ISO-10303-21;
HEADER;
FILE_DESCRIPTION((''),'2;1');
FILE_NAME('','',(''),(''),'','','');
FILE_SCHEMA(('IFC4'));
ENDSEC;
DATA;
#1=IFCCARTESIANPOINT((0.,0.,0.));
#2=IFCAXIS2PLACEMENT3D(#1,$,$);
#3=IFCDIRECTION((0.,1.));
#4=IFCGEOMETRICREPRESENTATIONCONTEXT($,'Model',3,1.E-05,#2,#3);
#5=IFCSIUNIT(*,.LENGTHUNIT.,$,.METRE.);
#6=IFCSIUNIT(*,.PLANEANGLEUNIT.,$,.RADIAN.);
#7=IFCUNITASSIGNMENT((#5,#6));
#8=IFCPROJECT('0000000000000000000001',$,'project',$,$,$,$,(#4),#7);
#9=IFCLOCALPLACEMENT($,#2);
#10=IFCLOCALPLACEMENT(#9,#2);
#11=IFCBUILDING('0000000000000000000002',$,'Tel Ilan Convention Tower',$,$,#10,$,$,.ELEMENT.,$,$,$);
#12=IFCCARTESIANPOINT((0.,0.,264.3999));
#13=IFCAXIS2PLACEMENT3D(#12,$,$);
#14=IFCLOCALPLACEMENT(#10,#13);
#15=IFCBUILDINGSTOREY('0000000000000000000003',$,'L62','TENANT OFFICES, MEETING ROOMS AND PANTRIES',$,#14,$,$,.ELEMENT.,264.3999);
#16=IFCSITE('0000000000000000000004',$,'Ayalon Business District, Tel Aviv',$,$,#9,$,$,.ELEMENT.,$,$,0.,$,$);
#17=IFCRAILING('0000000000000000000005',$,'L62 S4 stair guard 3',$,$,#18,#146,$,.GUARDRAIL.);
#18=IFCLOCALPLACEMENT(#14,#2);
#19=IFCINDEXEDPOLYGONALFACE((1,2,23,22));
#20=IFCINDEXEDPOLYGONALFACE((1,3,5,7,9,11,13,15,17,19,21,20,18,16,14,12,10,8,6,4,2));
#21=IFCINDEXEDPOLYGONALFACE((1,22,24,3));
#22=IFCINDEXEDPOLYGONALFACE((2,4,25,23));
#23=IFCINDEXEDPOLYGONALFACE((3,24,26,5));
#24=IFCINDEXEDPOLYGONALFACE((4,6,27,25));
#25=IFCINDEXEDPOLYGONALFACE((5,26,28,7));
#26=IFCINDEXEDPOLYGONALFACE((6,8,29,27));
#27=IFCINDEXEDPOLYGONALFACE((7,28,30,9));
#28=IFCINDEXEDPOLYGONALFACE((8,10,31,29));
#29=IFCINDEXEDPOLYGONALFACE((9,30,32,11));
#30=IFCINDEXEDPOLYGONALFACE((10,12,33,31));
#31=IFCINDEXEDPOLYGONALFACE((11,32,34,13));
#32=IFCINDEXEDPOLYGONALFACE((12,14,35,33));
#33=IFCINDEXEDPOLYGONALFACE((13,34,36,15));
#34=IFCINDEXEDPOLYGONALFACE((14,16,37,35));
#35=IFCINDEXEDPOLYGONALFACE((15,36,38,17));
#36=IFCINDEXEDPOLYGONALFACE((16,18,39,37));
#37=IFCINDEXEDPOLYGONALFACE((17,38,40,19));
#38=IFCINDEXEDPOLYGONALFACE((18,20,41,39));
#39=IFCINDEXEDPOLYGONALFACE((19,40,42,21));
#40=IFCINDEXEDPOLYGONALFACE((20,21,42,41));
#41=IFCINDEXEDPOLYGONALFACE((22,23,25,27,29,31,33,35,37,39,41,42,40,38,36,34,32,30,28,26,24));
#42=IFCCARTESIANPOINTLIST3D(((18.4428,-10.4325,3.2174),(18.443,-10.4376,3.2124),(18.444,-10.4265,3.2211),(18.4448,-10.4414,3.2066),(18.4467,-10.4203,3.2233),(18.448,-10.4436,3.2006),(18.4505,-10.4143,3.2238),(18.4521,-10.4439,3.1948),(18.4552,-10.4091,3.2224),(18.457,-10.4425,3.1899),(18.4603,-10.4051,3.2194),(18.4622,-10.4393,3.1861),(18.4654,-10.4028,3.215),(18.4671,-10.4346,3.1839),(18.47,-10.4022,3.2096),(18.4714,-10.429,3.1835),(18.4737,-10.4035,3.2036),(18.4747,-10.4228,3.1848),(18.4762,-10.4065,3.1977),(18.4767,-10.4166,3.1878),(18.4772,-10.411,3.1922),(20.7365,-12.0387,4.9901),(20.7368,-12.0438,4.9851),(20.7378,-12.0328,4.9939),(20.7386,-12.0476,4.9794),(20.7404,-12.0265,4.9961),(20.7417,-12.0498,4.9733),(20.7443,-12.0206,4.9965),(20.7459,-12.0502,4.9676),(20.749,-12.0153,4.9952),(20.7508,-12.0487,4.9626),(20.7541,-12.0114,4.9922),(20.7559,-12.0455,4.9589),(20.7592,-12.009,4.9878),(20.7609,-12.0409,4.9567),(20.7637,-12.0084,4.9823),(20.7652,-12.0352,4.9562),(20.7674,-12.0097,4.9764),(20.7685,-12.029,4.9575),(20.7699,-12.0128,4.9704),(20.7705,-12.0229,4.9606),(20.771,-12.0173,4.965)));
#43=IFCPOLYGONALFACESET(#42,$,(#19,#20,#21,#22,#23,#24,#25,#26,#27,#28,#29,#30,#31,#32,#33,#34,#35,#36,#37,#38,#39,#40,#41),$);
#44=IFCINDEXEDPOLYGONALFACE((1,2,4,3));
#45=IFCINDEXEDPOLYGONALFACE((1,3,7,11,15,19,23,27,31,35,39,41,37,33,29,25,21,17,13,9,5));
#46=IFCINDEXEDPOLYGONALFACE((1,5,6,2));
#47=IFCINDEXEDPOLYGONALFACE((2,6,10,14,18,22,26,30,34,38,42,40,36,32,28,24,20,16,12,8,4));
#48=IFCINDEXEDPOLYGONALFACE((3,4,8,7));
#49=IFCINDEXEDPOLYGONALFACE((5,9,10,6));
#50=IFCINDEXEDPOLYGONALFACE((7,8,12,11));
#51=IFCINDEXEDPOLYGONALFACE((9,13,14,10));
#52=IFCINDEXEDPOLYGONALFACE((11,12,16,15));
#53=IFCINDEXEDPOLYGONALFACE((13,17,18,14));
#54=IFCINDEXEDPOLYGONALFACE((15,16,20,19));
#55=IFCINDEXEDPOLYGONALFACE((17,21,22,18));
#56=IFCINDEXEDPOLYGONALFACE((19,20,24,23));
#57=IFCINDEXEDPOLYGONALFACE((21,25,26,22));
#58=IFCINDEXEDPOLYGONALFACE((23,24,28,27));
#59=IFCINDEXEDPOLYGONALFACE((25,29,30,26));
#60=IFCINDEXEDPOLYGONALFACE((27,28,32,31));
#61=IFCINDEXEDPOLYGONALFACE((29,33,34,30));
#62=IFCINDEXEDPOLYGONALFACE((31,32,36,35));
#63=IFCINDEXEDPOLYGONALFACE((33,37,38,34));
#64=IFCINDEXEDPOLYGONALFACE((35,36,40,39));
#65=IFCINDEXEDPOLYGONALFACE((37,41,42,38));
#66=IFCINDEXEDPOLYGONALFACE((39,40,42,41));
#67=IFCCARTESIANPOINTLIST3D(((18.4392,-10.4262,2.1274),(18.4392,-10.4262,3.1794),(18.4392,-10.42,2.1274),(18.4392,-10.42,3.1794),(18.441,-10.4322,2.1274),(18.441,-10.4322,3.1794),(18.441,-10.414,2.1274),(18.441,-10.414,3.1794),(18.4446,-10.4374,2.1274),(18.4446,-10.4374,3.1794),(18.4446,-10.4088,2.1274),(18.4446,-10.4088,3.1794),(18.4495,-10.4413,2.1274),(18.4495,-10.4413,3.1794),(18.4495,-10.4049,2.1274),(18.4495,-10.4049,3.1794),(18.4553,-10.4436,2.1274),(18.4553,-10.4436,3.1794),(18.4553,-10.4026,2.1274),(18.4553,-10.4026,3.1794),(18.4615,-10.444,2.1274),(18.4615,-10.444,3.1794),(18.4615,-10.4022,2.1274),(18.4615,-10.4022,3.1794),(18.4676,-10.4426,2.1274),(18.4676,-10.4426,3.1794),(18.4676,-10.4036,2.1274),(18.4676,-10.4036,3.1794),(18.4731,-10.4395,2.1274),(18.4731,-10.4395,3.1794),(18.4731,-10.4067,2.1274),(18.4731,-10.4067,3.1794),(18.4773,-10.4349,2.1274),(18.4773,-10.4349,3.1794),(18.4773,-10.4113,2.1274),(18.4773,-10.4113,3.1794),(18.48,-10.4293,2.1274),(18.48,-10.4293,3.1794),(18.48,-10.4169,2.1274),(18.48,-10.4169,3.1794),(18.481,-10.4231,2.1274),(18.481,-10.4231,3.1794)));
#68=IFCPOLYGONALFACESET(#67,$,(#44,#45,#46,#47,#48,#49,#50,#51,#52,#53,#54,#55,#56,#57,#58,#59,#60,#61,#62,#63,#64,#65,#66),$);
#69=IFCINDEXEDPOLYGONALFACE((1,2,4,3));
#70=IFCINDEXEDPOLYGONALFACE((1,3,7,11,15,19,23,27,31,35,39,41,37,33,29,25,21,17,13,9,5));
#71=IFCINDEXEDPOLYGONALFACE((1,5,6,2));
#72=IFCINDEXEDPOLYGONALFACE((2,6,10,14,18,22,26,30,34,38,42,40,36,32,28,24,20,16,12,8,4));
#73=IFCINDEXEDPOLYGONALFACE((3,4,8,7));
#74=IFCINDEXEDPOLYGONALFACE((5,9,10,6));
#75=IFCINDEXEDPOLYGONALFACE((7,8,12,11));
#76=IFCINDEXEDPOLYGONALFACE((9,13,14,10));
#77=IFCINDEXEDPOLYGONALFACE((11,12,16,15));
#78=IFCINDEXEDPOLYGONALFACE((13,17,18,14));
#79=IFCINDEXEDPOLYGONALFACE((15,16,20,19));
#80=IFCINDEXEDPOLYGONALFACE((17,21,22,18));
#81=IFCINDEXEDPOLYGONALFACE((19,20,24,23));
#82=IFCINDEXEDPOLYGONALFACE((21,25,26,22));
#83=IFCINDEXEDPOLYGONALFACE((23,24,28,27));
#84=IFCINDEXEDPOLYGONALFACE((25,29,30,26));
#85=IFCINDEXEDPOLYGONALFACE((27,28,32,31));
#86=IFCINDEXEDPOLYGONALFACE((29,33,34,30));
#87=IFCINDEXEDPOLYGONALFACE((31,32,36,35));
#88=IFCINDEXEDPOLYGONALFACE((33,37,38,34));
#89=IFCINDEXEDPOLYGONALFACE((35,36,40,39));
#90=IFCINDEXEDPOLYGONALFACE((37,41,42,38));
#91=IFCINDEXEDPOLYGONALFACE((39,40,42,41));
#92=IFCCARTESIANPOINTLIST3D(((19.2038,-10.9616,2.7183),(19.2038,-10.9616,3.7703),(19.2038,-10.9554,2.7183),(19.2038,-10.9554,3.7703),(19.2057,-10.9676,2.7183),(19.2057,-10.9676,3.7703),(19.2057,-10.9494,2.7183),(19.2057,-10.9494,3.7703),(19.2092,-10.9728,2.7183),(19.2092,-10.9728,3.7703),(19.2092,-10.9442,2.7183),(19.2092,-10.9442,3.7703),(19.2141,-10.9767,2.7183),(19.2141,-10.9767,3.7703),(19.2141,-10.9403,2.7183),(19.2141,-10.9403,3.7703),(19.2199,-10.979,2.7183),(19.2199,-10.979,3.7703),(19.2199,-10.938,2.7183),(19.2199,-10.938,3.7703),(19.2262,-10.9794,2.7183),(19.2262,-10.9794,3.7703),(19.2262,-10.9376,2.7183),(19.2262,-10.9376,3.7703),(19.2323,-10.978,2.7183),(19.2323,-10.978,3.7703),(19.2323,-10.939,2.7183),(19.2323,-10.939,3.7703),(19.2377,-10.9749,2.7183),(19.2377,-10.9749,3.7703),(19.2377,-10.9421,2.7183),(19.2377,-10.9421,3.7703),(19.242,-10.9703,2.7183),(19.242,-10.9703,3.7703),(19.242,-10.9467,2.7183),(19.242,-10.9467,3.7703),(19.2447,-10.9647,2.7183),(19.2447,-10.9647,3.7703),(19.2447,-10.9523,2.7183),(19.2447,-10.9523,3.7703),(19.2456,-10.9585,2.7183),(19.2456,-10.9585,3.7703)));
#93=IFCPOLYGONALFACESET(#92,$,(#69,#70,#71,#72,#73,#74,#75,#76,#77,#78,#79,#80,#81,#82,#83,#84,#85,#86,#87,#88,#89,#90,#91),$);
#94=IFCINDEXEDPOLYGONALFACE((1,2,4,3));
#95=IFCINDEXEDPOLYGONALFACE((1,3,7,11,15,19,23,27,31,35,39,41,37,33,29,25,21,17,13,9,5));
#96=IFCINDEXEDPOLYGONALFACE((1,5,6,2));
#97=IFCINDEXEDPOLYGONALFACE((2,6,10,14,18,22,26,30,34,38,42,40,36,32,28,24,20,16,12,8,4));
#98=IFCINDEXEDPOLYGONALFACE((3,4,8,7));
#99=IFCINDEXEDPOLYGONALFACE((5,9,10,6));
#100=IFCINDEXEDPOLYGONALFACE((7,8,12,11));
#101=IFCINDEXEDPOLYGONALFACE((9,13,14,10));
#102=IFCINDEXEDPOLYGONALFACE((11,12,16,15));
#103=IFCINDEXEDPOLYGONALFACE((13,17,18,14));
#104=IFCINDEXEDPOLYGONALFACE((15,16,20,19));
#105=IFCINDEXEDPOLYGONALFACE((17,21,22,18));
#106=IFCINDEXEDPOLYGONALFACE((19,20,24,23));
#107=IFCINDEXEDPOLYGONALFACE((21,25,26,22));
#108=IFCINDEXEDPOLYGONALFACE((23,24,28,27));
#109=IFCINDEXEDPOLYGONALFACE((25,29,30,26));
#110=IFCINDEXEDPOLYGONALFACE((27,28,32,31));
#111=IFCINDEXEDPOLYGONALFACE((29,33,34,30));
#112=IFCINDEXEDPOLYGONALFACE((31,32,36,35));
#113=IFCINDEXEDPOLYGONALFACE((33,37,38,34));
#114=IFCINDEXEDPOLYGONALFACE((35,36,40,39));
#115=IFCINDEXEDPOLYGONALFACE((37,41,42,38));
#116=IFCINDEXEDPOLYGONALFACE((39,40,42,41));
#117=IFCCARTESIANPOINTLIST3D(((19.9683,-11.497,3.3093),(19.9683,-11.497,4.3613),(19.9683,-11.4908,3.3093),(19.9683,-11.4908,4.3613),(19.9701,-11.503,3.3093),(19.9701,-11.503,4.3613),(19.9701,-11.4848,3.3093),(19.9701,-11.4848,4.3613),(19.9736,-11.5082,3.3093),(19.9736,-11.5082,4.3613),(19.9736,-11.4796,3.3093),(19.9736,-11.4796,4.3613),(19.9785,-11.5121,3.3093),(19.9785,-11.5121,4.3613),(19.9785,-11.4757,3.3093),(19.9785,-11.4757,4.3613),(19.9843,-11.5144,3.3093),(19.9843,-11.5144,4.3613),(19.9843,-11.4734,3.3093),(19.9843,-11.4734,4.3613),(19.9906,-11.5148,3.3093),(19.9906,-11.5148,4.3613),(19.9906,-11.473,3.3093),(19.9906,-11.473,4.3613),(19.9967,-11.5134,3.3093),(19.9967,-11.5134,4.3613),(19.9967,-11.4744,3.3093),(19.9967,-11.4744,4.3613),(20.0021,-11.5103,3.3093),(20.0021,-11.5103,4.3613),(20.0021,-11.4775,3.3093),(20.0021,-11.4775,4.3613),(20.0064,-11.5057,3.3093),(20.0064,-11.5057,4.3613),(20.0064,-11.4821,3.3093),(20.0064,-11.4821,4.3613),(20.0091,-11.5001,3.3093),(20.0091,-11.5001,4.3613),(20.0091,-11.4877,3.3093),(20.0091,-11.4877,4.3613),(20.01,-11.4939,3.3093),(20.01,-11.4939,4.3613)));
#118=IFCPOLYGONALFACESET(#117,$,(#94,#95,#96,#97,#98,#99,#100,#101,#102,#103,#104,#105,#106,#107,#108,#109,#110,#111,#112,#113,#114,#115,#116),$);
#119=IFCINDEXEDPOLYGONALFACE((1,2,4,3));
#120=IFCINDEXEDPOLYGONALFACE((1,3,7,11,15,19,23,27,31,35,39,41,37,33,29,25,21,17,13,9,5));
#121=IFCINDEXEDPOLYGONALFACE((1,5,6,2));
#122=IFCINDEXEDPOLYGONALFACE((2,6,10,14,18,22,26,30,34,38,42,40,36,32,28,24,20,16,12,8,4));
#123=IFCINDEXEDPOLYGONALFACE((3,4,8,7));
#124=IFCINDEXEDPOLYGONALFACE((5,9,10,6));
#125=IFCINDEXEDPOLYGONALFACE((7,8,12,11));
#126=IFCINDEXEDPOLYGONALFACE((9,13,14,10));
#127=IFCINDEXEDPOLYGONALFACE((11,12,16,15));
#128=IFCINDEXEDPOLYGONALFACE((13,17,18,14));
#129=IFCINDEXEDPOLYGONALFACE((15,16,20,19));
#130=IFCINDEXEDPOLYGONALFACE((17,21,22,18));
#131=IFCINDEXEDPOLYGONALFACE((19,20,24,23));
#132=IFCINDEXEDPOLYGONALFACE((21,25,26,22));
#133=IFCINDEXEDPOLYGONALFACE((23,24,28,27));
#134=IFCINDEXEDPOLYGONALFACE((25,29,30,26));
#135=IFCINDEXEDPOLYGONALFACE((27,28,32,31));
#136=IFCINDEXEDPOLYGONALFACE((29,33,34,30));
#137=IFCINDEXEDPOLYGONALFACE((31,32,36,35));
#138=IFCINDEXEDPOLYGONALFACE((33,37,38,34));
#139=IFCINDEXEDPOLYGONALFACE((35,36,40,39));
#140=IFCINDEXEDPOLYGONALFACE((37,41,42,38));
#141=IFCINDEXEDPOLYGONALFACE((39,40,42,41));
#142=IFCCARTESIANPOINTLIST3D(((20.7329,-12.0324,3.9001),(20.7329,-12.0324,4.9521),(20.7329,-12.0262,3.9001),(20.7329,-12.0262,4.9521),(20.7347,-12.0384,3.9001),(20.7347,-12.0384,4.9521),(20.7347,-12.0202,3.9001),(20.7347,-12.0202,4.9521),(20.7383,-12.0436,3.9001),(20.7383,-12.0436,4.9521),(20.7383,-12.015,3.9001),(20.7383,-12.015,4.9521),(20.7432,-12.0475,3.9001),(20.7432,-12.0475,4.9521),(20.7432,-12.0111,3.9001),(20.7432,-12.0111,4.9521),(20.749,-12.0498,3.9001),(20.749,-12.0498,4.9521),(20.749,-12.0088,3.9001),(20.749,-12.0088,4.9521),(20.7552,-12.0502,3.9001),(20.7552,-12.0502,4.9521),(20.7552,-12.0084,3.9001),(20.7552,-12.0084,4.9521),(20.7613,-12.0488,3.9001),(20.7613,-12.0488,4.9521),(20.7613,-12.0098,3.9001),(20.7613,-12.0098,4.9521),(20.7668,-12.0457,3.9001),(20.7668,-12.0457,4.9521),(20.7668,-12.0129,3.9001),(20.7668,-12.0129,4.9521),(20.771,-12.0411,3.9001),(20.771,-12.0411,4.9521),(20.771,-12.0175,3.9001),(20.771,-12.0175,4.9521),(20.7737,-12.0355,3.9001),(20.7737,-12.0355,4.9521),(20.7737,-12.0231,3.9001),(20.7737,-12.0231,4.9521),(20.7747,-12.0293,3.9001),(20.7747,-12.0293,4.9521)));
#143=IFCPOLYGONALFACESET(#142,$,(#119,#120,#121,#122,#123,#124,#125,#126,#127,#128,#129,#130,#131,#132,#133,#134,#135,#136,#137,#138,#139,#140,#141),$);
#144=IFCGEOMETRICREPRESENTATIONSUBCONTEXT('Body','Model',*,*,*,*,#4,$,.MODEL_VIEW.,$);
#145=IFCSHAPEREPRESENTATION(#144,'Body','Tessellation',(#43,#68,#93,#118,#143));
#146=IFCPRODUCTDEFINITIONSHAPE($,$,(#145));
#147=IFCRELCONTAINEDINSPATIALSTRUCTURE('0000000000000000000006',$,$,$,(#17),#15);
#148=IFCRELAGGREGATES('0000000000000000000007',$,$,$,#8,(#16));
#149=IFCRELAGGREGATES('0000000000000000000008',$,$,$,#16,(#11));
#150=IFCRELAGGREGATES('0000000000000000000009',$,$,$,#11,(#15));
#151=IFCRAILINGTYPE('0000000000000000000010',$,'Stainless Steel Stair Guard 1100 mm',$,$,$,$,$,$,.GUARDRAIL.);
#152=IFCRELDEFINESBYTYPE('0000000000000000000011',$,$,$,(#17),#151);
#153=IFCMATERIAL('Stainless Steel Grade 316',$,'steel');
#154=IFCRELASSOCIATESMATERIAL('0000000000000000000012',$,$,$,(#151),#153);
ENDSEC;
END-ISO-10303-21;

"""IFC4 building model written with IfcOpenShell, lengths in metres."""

from ifc_helpers import new_model, si_unit, direction, frame, origin, origin_2d, place, context, subcontext, project, spatial, circle, extrude, material, type_object, element, save


model = new_model("IFC4")

# Units and contexts
model_context = context("Model", 3, precision=1e-05, world=origin(), true_north=direction((0.0, 1.0)))
body_context = subcontext(model_context, "Body", "Model", "MODEL_VIEW")
ifc_project = project(units=[si_unit("LENGTHUNIT", "METRE"), si_unit("PLANEANGLEUNIT", "RADIAN")], contexts=[model_context])

# Site, building, storey
site_placement = place(None, origin())
site = spatial("IfcSite", under=ifc_project, at=site_placement, Name="Ayalon Business District, Tel Aviv", CompositionType="ELEMENT", RefElevation=0.0)
building_placement = place(site_placement, origin())
building = spatial("IfcBuilding", under=site, at=building_placement, Name="Tel Ilan Convention Tower", CompositionType="ELEMENT")
storey_placement = place(building_placement, frame((0.0, 0.0, 264.3999)))
storey = spatial("IfcBuildingStorey", under=building, at=storey_placement, Name="L62", Description="TENANT OFFICES, MEETING ROOMS AND PANTRIES", CompositionType="ELEMENT", Elevation=264.3999)

# Railing
ifc_material_1 = material(Name="Stainless Steel Grade 316", Category="steel")
railing_type_1 = type_object("IfcRailingType", Name="Stainless Steel Stair Guard 1100 mm", PredefinedType="GUARDRAIL", material=ifc_material_1)
railing_1_placement = place(storey_placement, frame((18.46, -10.4231, 2.1274)))
element("IfcRailing", 1, at=railing_1_placement, inside=storey, type_object=railing_type_1, Name="L62 S4 stair guard 3", PredefinedType="GUARDRAIL", context=body_context, shape_type="SweptSolid", body=[
    extrude(circle(Radius=0.0239, at=origin_2d()), frame((0.0, 0.0, 1.0762), z_axis=(0.692098, -0.484653, 0.534894), x_axis=(0.573609, 0.81913, 0.0)), (0.0, 0.0, 1.0), 3.3142),
    extrude(circle(Radius=0.021, at=origin_2d()), origin(), (0.0, 0.0, 1.0), 1.052),
    extrude(circle(Radius=0.021, at=origin_2d()), frame((0.7646, -0.5354, 0.5908)), (0.0, 0.0, 1.0), 1.052),
    extrude(circle(Radius=0.021, at=origin_2d()), frame((1.5291, -1.0708, 1.1819)), (0.0, 0.0, 1.0), 1.052),
    extrude(circle(Radius=0.021, at=origin_2d()), frame((2.2937, -1.6062, 1.7727)), (0.0, 0.0, 1.0), 1.052),
])

save(model, "model.ifc")
